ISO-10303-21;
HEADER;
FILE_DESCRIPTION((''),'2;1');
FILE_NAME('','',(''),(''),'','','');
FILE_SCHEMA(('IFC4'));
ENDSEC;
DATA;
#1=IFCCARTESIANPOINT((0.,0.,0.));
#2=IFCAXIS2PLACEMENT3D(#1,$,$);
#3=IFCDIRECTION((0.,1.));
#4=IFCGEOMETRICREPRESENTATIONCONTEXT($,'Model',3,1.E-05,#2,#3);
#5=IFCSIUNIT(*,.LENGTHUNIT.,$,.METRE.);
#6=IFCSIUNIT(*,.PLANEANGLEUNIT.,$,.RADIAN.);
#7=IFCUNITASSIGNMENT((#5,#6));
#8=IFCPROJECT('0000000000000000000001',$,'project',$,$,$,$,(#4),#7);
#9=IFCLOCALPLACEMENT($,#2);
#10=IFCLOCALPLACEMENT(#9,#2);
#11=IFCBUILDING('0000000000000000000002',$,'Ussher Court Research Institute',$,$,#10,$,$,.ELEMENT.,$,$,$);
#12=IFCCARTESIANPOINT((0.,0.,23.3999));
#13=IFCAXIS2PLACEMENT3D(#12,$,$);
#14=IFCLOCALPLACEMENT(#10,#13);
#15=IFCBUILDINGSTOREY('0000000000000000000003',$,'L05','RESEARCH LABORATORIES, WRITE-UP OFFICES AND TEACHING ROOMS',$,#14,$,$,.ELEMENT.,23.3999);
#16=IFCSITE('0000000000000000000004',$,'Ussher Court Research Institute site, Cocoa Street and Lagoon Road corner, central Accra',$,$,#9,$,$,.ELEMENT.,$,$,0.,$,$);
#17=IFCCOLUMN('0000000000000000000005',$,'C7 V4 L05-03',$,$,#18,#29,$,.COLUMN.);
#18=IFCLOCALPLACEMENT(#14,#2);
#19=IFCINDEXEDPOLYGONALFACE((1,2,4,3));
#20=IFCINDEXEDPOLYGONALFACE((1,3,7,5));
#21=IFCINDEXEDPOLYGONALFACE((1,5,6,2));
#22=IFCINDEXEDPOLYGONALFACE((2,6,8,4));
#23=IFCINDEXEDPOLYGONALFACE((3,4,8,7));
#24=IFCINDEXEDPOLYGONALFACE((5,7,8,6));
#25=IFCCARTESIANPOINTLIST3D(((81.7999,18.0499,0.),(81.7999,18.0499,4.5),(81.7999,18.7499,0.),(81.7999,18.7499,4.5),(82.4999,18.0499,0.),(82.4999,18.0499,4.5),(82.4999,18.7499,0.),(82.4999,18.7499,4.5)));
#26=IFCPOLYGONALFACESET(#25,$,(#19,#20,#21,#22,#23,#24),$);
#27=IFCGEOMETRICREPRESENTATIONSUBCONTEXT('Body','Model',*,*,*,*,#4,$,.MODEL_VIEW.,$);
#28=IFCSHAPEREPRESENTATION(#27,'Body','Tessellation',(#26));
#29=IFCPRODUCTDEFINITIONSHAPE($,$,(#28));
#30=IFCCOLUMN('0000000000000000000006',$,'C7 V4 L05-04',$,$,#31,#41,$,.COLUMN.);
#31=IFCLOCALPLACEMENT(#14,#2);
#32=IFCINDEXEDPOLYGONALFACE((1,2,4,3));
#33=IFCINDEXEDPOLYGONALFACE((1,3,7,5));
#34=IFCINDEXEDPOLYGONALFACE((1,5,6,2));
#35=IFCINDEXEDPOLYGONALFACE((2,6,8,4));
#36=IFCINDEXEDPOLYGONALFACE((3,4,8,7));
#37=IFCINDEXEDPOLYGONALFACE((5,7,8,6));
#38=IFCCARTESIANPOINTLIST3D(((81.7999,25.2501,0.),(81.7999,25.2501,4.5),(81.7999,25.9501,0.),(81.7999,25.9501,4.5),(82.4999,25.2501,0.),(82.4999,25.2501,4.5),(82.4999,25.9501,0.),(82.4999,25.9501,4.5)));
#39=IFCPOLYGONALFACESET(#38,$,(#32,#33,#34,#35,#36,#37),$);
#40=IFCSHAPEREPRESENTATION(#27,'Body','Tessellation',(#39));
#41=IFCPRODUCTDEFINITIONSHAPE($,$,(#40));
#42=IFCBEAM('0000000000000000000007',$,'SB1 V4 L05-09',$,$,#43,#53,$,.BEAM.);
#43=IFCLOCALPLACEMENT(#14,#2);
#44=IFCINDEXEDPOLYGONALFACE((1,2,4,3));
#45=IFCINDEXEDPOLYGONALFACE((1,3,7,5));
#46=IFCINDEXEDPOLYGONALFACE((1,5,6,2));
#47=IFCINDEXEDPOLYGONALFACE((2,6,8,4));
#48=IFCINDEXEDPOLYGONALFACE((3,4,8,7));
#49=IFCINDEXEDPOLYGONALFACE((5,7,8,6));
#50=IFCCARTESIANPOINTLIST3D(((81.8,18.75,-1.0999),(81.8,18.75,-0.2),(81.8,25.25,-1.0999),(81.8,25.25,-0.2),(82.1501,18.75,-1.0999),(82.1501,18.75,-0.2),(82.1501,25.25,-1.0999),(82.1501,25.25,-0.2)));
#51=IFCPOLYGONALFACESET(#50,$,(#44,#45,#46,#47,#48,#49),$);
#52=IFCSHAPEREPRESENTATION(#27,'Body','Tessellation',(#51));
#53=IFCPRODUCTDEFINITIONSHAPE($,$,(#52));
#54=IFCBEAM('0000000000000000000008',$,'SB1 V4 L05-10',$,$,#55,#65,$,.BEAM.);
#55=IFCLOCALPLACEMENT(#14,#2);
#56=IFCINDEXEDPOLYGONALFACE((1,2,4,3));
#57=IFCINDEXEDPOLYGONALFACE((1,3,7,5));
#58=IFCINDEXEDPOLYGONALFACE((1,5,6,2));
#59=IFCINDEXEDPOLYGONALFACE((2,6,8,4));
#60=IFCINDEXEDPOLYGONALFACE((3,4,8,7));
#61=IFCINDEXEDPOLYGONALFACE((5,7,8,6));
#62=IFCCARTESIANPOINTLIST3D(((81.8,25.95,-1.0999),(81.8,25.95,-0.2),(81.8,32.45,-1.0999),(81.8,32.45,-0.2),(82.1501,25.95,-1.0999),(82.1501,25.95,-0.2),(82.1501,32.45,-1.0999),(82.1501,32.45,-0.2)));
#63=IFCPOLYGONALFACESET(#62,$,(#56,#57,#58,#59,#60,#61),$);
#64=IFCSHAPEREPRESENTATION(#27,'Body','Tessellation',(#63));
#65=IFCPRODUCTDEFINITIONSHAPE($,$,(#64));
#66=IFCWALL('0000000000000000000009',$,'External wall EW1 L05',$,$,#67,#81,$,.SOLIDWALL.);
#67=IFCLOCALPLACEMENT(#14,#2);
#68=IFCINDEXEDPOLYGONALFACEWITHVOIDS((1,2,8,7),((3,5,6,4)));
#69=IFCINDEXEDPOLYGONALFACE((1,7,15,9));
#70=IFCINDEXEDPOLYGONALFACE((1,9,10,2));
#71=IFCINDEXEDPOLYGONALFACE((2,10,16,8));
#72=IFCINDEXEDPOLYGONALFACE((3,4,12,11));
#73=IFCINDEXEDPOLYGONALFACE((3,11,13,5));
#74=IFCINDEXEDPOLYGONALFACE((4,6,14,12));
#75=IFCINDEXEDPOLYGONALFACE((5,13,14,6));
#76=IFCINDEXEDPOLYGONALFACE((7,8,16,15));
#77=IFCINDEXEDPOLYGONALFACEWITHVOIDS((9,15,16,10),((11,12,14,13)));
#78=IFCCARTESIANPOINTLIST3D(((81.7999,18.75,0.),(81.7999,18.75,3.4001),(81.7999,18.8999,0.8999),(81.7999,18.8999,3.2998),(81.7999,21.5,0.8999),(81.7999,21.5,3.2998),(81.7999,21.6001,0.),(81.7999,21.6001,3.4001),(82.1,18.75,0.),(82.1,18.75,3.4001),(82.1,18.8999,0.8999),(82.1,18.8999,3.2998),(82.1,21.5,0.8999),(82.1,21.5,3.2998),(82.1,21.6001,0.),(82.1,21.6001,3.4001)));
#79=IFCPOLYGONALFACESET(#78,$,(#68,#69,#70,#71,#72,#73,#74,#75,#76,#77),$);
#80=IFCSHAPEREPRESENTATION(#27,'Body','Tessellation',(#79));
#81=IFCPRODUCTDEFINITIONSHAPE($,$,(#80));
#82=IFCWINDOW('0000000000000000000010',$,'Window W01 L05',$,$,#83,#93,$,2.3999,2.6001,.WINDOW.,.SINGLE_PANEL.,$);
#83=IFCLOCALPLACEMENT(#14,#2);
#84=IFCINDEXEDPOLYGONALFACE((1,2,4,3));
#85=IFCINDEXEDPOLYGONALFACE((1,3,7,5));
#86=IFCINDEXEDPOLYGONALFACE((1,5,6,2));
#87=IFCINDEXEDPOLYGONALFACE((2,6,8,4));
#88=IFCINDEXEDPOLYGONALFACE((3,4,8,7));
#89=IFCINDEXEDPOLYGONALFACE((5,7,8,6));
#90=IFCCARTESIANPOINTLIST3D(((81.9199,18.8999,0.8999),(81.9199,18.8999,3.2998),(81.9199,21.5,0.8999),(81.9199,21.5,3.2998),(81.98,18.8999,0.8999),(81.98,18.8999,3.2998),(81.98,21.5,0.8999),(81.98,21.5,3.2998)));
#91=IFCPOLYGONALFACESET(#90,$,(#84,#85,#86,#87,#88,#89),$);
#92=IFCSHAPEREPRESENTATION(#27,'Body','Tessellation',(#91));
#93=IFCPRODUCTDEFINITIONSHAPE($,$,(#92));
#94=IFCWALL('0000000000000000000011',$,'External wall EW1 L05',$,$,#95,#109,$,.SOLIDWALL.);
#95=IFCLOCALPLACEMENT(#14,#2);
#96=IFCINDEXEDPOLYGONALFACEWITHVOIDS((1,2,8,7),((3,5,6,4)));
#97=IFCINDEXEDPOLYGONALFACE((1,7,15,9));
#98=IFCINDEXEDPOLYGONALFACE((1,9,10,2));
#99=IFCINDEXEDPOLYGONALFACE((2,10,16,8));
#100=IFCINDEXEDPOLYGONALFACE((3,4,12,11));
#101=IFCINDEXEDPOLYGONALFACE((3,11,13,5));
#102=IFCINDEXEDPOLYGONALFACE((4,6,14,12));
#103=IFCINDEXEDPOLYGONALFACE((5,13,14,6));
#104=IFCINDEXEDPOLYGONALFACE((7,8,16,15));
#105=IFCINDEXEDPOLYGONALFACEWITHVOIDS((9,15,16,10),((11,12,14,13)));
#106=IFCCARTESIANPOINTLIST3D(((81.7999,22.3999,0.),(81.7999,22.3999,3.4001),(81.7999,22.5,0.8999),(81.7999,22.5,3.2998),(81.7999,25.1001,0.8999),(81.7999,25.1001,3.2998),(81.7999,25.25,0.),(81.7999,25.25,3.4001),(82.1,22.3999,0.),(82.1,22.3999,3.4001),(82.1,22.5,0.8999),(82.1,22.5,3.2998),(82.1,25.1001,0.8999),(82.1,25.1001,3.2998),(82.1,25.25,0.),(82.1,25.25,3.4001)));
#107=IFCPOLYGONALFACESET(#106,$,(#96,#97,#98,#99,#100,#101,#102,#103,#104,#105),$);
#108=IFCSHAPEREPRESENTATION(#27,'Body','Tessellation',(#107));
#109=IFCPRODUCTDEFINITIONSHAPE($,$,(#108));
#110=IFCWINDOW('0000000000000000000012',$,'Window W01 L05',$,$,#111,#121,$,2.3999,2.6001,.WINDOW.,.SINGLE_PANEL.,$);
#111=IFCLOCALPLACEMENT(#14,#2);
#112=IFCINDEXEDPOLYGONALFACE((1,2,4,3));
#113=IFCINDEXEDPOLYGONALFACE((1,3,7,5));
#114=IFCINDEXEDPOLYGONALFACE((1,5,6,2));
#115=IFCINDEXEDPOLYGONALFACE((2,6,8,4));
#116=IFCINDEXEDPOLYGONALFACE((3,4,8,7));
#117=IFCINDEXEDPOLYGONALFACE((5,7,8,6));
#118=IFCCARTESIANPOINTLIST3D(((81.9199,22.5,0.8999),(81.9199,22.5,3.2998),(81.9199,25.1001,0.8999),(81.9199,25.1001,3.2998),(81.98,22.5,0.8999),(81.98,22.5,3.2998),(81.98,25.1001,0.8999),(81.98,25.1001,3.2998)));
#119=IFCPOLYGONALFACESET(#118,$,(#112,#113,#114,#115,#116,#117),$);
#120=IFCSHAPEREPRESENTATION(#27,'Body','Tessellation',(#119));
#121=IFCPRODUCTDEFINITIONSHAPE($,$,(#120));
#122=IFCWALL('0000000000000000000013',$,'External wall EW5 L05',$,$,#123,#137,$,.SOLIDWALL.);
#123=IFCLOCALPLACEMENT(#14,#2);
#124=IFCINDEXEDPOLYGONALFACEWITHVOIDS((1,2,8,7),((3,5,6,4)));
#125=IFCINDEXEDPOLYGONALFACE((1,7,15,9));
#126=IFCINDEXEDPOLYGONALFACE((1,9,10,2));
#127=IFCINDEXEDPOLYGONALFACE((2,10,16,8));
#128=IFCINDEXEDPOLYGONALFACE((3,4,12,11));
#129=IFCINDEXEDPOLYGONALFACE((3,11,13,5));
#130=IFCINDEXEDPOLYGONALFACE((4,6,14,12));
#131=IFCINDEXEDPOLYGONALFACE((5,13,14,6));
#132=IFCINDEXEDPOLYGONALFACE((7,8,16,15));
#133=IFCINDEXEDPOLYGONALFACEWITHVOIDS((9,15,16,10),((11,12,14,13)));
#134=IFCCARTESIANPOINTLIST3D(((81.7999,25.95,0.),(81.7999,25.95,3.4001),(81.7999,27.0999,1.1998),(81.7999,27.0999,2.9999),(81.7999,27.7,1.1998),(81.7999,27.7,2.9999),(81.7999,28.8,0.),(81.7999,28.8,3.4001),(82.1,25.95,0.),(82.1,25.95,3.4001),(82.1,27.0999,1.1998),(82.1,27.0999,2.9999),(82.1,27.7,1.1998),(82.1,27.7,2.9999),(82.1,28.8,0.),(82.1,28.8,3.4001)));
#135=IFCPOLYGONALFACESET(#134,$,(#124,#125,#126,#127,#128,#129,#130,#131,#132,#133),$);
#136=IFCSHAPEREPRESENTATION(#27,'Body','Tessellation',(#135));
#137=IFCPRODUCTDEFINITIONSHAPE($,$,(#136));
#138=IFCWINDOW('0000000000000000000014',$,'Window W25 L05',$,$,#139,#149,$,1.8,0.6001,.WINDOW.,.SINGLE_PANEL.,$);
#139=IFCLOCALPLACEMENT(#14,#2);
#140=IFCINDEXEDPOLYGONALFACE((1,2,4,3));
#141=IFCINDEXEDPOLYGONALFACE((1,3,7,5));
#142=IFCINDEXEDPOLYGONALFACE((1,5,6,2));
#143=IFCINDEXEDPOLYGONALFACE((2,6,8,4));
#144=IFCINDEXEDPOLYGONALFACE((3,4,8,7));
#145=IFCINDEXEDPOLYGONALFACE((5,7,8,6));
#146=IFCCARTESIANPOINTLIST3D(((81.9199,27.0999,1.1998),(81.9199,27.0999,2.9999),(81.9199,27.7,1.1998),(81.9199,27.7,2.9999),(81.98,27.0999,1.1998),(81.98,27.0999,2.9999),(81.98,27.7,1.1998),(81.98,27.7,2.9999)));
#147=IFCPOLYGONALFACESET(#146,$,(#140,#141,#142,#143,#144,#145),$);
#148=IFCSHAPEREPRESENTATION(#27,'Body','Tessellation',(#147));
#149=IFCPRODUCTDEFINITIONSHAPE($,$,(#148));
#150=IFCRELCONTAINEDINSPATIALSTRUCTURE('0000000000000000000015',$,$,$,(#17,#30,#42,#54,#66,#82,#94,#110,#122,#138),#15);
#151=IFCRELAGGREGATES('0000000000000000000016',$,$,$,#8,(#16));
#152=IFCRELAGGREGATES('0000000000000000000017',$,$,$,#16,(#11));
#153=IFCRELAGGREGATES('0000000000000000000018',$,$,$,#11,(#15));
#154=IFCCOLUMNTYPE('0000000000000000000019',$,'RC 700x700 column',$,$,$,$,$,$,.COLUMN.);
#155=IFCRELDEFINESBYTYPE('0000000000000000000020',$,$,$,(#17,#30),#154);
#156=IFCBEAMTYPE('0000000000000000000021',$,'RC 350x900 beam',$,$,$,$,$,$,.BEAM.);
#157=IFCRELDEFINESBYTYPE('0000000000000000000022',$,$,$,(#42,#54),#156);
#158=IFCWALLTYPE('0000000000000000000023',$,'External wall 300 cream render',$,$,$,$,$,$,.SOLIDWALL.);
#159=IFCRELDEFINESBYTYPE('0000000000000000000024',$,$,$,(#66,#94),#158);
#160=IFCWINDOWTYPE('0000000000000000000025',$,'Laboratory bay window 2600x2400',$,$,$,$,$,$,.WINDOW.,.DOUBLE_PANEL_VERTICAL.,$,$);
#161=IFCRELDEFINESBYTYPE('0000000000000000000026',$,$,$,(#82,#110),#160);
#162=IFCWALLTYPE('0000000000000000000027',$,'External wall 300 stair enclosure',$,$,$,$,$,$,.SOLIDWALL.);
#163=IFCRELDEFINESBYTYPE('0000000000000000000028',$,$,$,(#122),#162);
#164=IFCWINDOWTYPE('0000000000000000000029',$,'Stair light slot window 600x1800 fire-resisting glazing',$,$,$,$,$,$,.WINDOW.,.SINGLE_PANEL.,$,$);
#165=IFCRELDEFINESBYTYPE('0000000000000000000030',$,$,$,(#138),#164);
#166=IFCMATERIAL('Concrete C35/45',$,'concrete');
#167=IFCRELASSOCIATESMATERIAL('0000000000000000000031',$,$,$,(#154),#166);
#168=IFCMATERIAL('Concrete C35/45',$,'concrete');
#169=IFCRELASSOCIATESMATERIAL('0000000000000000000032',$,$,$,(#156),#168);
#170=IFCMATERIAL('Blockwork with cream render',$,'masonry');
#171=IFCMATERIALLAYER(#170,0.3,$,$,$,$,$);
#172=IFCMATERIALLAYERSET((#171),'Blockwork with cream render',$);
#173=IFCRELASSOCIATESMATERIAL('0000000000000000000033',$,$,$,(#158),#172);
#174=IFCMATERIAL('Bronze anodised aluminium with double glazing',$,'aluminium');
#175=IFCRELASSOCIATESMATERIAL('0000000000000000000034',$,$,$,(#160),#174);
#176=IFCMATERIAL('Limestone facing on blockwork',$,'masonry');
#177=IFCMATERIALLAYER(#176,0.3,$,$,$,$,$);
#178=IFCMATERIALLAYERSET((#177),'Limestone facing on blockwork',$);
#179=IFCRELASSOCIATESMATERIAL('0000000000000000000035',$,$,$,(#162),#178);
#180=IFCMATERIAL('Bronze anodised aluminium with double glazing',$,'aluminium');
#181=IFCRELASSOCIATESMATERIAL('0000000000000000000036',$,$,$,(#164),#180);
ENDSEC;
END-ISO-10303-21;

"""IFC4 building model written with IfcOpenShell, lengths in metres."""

from ifc_helpers import new_model, si_unit, direction, frame, frame_2d, origin, origin_2d, place, context, subcontext, project, spatial, rectangle, extrude, material, layer, layer_set, material_profile, profile_set, type_object, element, fill, save


model = new_model("IFC4")

# Units and contexts
model_context = context("Model", 3, precision=1e-05, world=origin(), true_north=direction((0.0, 1.0)))
body_context = subcontext(model_context, "Body", "Model", "MODEL_VIEW")
ifc_project = project(units=[si_unit("LENGTHUNIT", "METRE"), si_unit("PLANEANGLEUNIT", "RADIAN")], contexts=[model_context])

# Site, building, storey
site_placement = place(None, origin())
site = spatial("IfcSite", under=ifc_project, at=site_placement, Name="Ussher Court Research Institute site, Cocoa Street and Lagoon Road corner, central Accra", CompositionType="ELEMENT", RefElevation=0.0)
building_placement = place(site_placement, origin())
building = spatial("IfcBuilding", under=site, at=building_placement, Name="Ussher Court Research Institute", CompositionType="ELEMENT")
storey_placement = place(building_placement, frame((0.0, 0.0, 23.3999)))
storey = spatial("IfcBuildingStorey", under=building, at=storey_placement, Name="L05", Description="RESEARCH LABORATORIES, WRITE-UP OFFICES AND TEACHING ROOMS", CompositionType="ELEMENT", Elevation=23.3999)

# Columns
ifc_material_1 = material(Name="Concrete C35/45", Category="concrete")
ifc_material_profile_1 = material_profile(ifc_material_1, rectangle(XDim=0.7, YDim=0.7, at=origin_2d()), Name="RC 700x700")
ifc_profile_set_1 = profile_set([ifc_material_profile_1], Name="Concrete C35/45")
column_type = type_object("IfcColumnType", Name="RC 700x700 column", PredefinedType="COLUMN", material=ifc_profile_set_1)
for number, where, z_axis, x_axis, name in (
    (1, (82.1499, 18.3999, 0.0), (0.0, 0.0, 1.0), (1.0, 0.0, 0.0), "C7 V4 L05-03"),
    (2, (82.1499, 25.6001, 0.0), (0.0, 0.0, 1.0), (1.0, 0.0, 0.0), "C7 V4 L05-04"),
):
    element("IfcColumn", number, at=place(storey_placement, frame(where, z_axis=z_axis, x_axis=x_axis)), inside=storey, type_object=column_type, Name=name, PredefinedType="COLUMN", context=body_context, shape_type="SweptSolid", body=[
        extrude(rectangle(XDim=0.7, YDim=0.7, at=origin_2d()), origin(), (0.0, 0.0, 1.0), 4.5),
    ])

# Beams
ifc_material_2 = material(Name="Concrete C35/45", Category="concrete")
ifc_material_profile_2 = material_profile(ifc_material_2, rectangle(XDim=0.3501, YDim=0.8999, at=origin_2d()), Name="RC 350x900")
ifc_profile_set_2 = profile_set([ifc_material_profile_2], Name="Concrete C35/45")
beam_type = type_object("IfcBeamType", Name="RC 350x900 beam", PredefinedType="BEAM", material=ifc_profile_set_2)
for number, where, z_axis, x_axis, name in (
    (3, (81.9751, 18.75, -0.6499), (0.0, 1.0, 0.0), (-1.0, 0.0, 0.0), "SB1 V4 L05-09"),
    (4, (81.9751, 25.95, -0.6499), (0.0, 1.0, 0.0), (-1.0, 0.0, 0.0), "SB1 V4 L05-10"),
):
    element("IfcBeam", number, at=place(storey_placement, frame(where, z_axis=z_axis, x_axis=x_axis)), inside=storey, type_object=beam_type, Name=name, PredefinedType="BEAM", context=body_context, shape_type="SweptSolid", body=[
        extrude(rectangle(XDim=0.3501, YDim=0.8999, at=origin_2d()), origin(), (0.0, 0.0, 1.0), 6.5),
    ])

# Walls, openings, windows
ifc_material_3 = material(Name="Blockwork with cream render", Category="masonry")
ifc_layer_1 = layer(ifc_material_3, 0.3)
ifc_layer_set_1 = layer_set([ifc_layer_1], Name="Blockwork with cream render")
wall_type_1 = type_object("IfcWallType", Name="External wall 300 cream render", PredefinedType="SOLIDWALL", material=ifc_layer_set_1)
wall_1_placement = place(storey_placement, frame((81.95, 18.75, 0.0), z_axis=(0.0, 0.0, 1.0), x_axis=(0.0, 1.0, 0.0)))
wall_1 = element("IfcWall", 5, at=wall_1_placement, inside=storey, type_object=wall_type_1, Name="External wall EW1 L05", PredefinedType="SOLIDWALL", context=body_context, shape_type="SweptSolid", body=[
    extrude(rectangle(XDim=2.8501, YDim=0.3, at=frame_2d((1.425, 0.0))), origin(), (0.0, 0.0, 1.0), 3.4001),
])
opening_1_placement = place(wall_1_placement, frame((0.1499, 0.0, 0.8999)))
opening_1 = element("IfcOpeningElement", 6, at=opening_1_placement, cuts=wall_1, PredefinedType="OPENING", context=body_context, shape_type="SweptSolid", body=[
    extrude(rectangle(XDim=2.6001, YDim=2.3999, at=frame_2d((1.3, 1.2))), frame((0.0, 0.1602, 0.0), z_axis=(0.0, -1.0, 0.0), x_axis=(1.0, 0.0, 0.0)), (0.0, 0.0, 1.0), 0.3201),
])
ifc_material_4 = material(Name="Bronze anodised aluminium with double glazing", Category="aluminium")
window_type_1 = type_object("IfcWindowType", Name="Laboratory bay window 2600x2400", PartitioningType="DOUBLE_PANEL_VERTICAL", PredefinedType="WINDOW", material=ifc_material_4)
window_1_placement = place(opening_1_placement, origin())
window_1 = element("IfcWindow", 7, at=window_1_placement, inside=storey, type_object=window_type_1, Name="Window W01 L05", OverallHeight=2.3999, OverallWidth=2.6001, PartitioningType="SINGLE_PANEL", PredefinedType="WINDOW", context=body_context, shape_type="SweptSolid", body=[
    extrude(rectangle(XDim=2.6001, YDim=2.3999, at=frame_2d((1.3, 1.2))), frame((0.0, 0.03, 0.0), z_axis=(0.0, -1.0, 0.0), x_axis=(1.0, 0.0, 0.0)), (0.0, 0.0, 1.0), 0.0601),
])
fill(opening_1, window_1)
wall_2_placement = place(storey_placement, frame((81.95, 22.3999, 0.0), z_axis=(0.0, 0.0, 1.0), x_axis=(0.0, 1.0, 0.0)))
wall_2 = element("IfcWall", 8, at=wall_2_placement, inside=storey, type_object=wall_type_1, Name="External wall EW1 L05", PredefinedType="SOLIDWALL", context=body_context, shape_type="SweptSolid", body=[
    extrude(rectangle(XDim=2.8501, YDim=0.3, at=frame_2d((1.425, 0.0))), origin(), (0.0, 0.0, 1.0), 3.4001),
])
opening_2_placement = place(wall_2_placement, frame((0.1001, 0.0, 0.8999)))
opening_2 = element("IfcOpeningElement", 9, at=opening_2_placement, cuts=wall_2, PredefinedType="OPENING", context=body_context, shape_type="SweptSolid", body=[
    extrude(rectangle(XDim=2.6001, YDim=2.3999, at=frame_2d((1.3, 1.2))), frame((0.0, 0.1602, 0.0), z_axis=(0.0, -1.0, 0.0), x_axis=(1.0, 0.0, 0.0)), (0.0, 0.0, 1.0), 0.3201),
])
window_2_placement = place(opening_2_placement, origin())
window_2 = element("IfcWindow", 10, at=window_2_placement, inside=storey, type_object=window_type_1, Name="Window W01 L05", OverallHeight=2.3999, OverallWidth=2.6001, PartitioningType="SINGLE_PANEL", PredefinedType="WINDOW", context=body_context, shape_type="SweptSolid", body=[
    extrude(rectangle(XDim=2.6001, YDim=2.3999, at=frame_2d((1.3, 1.2))), frame((0.0, 0.03, 0.0), z_axis=(0.0, -1.0, 0.0), x_axis=(1.0, 0.0, 0.0)), (0.0, 0.0, 1.0), 0.0601),
])
fill(opening_2, window_2)
ifc_material_5 = material(Name="Limestone facing on blockwork", Category="masonry")
ifc_layer_2 = layer(ifc_material_5, 0.3)
ifc_layer_set_2 = layer_set([ifc_layer_2], Name="Limestone facing on blockwork")
wall_type_2 = type_object("IfcWallType", Name="External wall 300 stair enclosure", PredefinedType="SOLIDWALL", material=ifc_layer_set_2)
wall_3_placement = place(storey_placement, frame((81.95, 25.95, 0.0), z_axis=(0.0, 0.0, 1.0), x_axis=(0.0, 1.0, 0.0)))
wall_3 = element("IfcWall", 11, at=wall_3_placement, inside=storey, type_object=wall_type_2, Name="External wall EW5 L05", PredefinedType="SOLIDWALL", context=body_context, shape_type="SweptSolid", body=[
    extrude(rectangle(XDim=2.8501, YDim=0.3, at=frame_2d((1.425, 0.0))), origin(), (0.0, 0.0, 1.0), 3.4001),
])
opening_3_placement = place(wall_3_placement, frame((1.1499, 0.0, 1.2)))
opening_3 = element("IfcOpeningElement", 12, at=opening_3_placement, cuts=wall_3, PredefinedType="OPENING", context=body_context, shape_type="SweptSolid", body=[
    extrude(rectangle(XDim=0.6001, YDim=1.8, at=frame_2d((0.3, 0.8999))), frame((0.0, 0.1602, 0.0), z_axis=(0.0, -1.0, 0.0), x_axis=(1.0, 0.0, 0.0)), (0.0, 0.0, 1.0), 0.3201),
])
ifc_material_6 = material(Name="Bronze anodised aluminium with double glazing", Category="aluminium")
window_type_2 = type_object("IfcWindowType", Name="Stair light slot window 600x1800 fire-resisting glazing", PartitioningType="SINGLE_PANEL", PredefinedType="WINDOW", material=ifc_material_6)
window_3_placement = place(opening_3_placement, origin())
window_3 = element("IfcWindow", 13, at=window_3_placement, inside=storey, type_object=window_type_2, Name="Window W25 L05", OverallHeight=1.8, OverallWidth=0.6001, PartitioningType="SINGLE_PANEL", PredefinedType="WINDOW", context=body_context, shape_type="SweptSolid", body=[
    extrude(rectangle(XDim=0.6001, YDim=1.8, at=frame_2d((0.3, 0.8999))), frame((0.0, 0.03, 0.0), z_axis=(0.0, -1.0, 0.0), x_axis=(1.0, 0.0, 0.0)), (0.0, 0.0, 1.0), 0.0601),
])
fill(opening_3, window_3)

save(model, "model.ifc")
